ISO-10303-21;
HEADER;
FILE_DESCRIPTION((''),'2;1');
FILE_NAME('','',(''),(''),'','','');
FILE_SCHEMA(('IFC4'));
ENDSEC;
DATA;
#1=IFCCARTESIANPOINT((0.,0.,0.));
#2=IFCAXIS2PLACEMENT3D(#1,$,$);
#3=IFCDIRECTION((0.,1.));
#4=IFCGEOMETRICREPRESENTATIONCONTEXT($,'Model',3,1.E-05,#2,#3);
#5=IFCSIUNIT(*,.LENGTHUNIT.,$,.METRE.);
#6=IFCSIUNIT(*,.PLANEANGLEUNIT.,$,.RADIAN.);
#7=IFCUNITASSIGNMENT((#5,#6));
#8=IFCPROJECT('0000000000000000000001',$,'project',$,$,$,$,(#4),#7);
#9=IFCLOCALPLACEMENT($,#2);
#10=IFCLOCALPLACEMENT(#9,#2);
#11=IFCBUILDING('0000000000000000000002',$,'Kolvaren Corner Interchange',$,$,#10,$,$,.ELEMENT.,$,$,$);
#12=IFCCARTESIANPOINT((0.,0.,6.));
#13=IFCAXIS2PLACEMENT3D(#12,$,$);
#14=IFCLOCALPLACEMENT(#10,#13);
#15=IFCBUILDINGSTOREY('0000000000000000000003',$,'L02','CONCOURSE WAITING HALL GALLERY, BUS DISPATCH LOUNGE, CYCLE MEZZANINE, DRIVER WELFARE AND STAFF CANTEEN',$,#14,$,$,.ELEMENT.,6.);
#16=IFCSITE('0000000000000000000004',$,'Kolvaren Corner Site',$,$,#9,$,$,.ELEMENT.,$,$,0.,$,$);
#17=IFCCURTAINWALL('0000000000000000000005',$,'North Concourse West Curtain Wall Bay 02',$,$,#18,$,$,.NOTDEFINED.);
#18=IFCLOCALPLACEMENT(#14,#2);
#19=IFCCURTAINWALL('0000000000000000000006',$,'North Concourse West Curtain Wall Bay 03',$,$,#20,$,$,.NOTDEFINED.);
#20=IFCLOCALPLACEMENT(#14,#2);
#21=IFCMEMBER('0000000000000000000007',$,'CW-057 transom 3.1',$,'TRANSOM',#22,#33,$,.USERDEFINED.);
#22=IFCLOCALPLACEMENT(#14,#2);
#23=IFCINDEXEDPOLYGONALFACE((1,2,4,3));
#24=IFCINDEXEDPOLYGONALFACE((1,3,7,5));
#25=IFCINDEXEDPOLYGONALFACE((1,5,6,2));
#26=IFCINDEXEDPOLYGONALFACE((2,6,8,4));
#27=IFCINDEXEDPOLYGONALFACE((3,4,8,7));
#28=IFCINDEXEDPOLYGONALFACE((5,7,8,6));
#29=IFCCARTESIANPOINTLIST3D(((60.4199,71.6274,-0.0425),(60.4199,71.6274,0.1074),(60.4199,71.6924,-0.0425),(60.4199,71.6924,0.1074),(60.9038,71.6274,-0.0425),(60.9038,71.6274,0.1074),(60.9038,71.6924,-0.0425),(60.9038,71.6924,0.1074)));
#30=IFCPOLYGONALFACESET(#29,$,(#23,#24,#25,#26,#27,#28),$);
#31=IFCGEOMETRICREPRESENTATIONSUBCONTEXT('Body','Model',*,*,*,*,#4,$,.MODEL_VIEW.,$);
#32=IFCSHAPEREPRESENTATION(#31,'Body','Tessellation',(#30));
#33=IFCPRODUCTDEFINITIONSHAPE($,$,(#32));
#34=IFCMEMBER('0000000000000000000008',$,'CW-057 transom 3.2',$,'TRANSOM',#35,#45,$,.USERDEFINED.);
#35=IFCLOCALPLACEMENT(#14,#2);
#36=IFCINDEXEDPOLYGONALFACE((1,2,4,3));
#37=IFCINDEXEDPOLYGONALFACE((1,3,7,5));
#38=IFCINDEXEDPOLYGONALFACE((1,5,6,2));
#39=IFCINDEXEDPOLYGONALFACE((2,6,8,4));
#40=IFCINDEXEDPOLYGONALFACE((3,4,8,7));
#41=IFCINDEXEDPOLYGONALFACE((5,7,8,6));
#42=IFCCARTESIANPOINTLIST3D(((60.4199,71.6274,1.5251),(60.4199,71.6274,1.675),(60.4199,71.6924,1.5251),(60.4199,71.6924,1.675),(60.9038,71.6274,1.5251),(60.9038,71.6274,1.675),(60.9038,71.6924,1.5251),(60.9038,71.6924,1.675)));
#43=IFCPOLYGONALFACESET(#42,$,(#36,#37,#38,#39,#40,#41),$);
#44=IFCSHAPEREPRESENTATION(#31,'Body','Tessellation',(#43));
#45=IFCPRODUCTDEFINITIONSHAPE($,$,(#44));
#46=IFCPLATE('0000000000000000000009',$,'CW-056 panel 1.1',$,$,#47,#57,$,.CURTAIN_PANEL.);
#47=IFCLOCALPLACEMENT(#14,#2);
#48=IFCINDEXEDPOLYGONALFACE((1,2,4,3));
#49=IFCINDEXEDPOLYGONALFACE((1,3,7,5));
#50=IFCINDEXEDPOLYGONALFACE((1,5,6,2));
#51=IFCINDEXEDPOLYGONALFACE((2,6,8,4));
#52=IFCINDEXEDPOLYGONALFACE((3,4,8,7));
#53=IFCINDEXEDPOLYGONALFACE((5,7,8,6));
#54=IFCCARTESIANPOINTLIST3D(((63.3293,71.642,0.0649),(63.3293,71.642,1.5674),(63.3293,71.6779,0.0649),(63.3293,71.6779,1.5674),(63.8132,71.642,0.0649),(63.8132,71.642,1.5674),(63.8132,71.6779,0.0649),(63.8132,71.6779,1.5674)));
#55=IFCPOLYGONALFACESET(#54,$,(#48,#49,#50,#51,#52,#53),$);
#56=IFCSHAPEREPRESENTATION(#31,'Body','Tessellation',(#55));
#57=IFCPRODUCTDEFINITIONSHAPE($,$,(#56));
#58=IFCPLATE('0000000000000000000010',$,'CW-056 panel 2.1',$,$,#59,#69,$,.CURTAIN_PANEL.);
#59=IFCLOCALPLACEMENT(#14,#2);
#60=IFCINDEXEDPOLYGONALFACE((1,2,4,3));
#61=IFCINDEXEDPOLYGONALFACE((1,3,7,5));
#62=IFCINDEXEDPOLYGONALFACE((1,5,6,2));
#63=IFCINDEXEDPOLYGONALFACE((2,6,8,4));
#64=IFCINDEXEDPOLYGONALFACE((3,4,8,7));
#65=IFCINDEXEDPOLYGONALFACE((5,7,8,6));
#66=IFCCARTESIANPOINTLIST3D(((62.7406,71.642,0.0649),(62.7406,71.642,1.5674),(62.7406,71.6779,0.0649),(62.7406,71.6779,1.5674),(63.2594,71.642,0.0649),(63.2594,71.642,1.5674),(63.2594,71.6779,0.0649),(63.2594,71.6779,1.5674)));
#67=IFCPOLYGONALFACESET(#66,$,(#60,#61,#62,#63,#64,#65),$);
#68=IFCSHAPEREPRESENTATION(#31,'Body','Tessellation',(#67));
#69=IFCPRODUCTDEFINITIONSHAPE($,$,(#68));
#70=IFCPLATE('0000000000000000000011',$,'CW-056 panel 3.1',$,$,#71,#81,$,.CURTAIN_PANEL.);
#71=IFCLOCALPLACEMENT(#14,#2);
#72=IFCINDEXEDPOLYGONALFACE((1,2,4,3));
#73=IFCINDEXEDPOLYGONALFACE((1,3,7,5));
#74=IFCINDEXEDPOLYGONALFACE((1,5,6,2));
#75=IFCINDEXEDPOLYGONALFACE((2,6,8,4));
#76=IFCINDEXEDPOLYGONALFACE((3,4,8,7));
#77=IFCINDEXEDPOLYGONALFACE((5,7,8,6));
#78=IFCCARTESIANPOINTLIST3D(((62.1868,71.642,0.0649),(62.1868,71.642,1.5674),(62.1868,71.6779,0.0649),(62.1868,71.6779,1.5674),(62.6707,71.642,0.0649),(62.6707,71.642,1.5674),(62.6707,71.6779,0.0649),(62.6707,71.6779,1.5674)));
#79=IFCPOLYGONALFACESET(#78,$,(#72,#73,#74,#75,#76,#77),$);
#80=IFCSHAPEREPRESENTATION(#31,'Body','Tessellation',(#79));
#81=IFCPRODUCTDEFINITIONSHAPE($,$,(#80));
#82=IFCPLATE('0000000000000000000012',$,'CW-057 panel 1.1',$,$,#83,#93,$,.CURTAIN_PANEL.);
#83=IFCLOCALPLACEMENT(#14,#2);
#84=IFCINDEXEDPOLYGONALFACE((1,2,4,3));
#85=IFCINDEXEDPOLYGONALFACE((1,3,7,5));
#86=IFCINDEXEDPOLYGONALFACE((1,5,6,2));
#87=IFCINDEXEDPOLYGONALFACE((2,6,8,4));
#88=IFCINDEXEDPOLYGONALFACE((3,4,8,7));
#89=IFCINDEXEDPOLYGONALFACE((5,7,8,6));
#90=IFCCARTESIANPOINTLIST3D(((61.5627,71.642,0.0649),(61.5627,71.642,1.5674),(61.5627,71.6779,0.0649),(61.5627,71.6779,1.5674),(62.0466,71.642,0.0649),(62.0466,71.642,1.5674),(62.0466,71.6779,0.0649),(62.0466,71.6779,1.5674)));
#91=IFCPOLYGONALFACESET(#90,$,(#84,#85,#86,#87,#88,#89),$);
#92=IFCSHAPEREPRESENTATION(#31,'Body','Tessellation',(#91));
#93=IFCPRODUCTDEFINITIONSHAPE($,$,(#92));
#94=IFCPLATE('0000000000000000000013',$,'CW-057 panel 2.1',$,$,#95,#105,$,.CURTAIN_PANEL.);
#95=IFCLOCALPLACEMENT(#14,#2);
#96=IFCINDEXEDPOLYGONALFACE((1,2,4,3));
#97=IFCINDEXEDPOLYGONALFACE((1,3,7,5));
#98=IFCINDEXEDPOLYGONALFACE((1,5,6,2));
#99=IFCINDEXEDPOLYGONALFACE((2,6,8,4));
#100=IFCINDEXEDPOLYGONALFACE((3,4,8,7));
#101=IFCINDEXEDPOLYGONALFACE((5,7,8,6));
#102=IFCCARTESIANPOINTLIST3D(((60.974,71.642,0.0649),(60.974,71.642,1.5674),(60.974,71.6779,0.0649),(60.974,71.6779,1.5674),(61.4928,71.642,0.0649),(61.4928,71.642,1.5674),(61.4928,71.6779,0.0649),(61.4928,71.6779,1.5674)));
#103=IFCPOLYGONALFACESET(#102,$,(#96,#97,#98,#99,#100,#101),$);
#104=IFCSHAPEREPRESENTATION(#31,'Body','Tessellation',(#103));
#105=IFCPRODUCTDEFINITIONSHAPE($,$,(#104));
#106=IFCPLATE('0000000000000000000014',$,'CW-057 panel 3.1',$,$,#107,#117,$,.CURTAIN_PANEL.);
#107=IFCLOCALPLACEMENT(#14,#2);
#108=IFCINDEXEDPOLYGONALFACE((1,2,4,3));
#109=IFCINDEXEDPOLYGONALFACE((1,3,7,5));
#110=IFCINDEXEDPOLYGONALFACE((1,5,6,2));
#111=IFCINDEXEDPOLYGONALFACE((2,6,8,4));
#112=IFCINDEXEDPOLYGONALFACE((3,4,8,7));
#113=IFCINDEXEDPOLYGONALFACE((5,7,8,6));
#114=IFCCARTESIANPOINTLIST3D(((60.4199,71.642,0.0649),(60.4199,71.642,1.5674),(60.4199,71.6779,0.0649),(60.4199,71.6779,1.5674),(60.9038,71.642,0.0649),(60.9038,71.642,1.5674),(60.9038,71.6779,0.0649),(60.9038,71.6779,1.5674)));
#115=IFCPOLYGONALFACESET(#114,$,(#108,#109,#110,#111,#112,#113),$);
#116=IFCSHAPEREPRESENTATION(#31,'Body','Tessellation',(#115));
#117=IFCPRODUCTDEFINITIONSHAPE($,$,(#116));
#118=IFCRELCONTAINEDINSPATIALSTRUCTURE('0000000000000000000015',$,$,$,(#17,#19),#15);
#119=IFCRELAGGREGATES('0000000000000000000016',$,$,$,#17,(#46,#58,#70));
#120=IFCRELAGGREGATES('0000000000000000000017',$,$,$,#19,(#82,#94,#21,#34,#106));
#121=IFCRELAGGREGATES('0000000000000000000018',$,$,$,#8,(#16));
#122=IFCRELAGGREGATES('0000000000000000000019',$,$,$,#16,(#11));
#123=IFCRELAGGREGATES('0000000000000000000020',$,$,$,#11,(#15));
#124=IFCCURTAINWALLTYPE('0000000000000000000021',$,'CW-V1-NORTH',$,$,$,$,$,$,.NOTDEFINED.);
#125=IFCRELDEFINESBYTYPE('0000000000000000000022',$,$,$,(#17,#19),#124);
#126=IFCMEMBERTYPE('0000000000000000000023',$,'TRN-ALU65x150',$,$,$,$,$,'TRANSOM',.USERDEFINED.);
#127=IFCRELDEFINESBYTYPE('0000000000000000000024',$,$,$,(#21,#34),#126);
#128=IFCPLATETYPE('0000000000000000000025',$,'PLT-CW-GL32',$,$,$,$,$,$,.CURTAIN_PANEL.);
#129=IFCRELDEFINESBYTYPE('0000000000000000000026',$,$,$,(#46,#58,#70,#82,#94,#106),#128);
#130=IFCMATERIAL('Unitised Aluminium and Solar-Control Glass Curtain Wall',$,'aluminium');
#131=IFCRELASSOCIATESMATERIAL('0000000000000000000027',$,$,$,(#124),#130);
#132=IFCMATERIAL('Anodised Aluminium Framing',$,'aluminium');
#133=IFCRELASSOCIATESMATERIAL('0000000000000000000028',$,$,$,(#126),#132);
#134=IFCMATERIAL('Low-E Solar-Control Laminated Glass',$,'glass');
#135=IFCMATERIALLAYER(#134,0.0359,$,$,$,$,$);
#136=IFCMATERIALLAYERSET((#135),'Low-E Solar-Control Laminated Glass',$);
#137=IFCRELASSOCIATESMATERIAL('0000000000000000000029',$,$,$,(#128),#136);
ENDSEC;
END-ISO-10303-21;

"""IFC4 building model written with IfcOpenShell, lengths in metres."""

from ifc_helpers import new_model, si_unit, direction, frame, origin, origin_2d, place, context, subcontext, project, spatial, rectangle, extrude, material, layer, layer_set, material_profile, profile_set, type_object, element, aggregate, save


model = new_model("IFC4")

# Units and contexts
model_context = context("Model", 3, precision=1e-05, world=origin(), true_north=direction((0.0, 1.0)))
body_context = subcontext(model_context, "Body", "Model", "MODEL_VIEW")
ifc_project = project(units=[si_unit("LENGTHUNIT", "METRE"), si_unit("PLANEANGLEUNIT", "RADIAN")], contexts=[model_context])

# Site, building, storey
site_placement = place(None, origin())
site = spatial("IfcSite", under=ifc_project, at=site_placement, Name="Kolvaren Corner Site", CompositionType="ELEMENT", RefElevation=0.0)
building_placement = place(site_placement, origin())
building = spatial("IfcBuilding", under=site, at=building_placement, Name="Kolvaren Corner Interchange", CompositionType="ELEMENT")
storey_placement = place(building_placement, frame((0.0, 0.0, 6.0)))
storey = spatial("IfcBuildingStorey", under=building, at=storey_placement, Name="L02", Description="CONCOURSE WAITING HALL GALLERY, BUS DISPATCH LOUNGE, CYCLE MEZZANINE, DRIVER WELFARE AND STAFF CANTEEN", CompositionType="ELEMENT", Elevation=6.0)

# Curtain walls
ifc_material_1 = material(Name="Unitised Aluminium and Solar-Control Glass Curtain Wall", Category="aluminium")
curtain_wall_type = type_object("IfcCurtainWallType", Name="CW-V1-NORTH", PredefinedType="NOTDEFINED", material=ifc_material_1)
curtain_wall_1_placement = place(storey_placement, origin())
curtain_wall_1 = element("IfcCurtainWall", 1, at=curtain_wall_1_placement, inside=storey, type_object=curtain_wall_type, Name="North Concourse West Curtain Wall Bay 02", PredefinedType="NOTDEFINED")
curtain_wall_2_placement = place(storey_placement, origin())
curtain_wall_2 = element("IfcCurtainWall", 2, at=curtain_wall_2_placement, inside=storey, type_object=curtain_wall_type, Name="North Concourse West Curtain Wall Bay 03", PredefinedType="NOTDEFINED")

# Members
ifc_material_2 = material(Name="Anodised Aluminium Framing", Category="aluminium")
ifc_material_profile_1 = material_profile(ifc_material_2, rectangle(XDim=0.0649, YDim=0.1499, at=origin_2d()), Name="ALU 65x150")
ifc_profile_set_1 = profile_set([ifc_material_profile_1], Name="Anodised Aluminium Framing")
member_type_1 = type_object("IfcMemberType", Name="TRN-ALU65x150", ElementType="TRANSOM", PredefinedType="USERDEFINED", material=ifc_profile_set_1)
member_1_placement = place(storey_placement, frame((60.9038, 71.6599, 0.0325), z_axis=(-1.0, 0.0, 0.0), x_axis=(0.0, -1.0, 0.0)))
member_1 = element("IfcMember", 3, at=member_1_placement, type_object=member_type_1, Name="CW-057 transom 3.1", ObjectType="TRANSOM", PredefinedType="USERDEFINED", context=body_context, shape_type="SweptSolid", body=[
    extrude(rectangle(XDim=0.0649, YDim=0.1499, at=origin_2d()), origin(), (0.0, 0.0, 1.0), 0.4839),
])
member_2_placement = place(storey_placement, frame((60.9038, 71.6599, 1.6001), z_axis=(-1.0, 0.0, 0.0), x_axis=(0.0, -1.0, 0.0)))
member_2 = element("IfcMember", 4, at=member_2_placement, type_object=member_type_1, Name="CW-057 transom 3.2", ObjectType="TRANSOM", PredefinedType="USERDEFINED", context=body_context, shape_type="SweptSolid", body=[
    extrude(rectangle(XDim=0.0649, YDim=0.1499, at=origin_2d()), origin(), (0.0, 0.0, 1.0), 0.4839),
])

# Plates
ifc_material_3 = material(Name="Low-E Solar-Control Laminated Glass", Category="glass")
ifc_layer = layer(ifc_material_3, 0.0359)
ifc_layer_set = layer_set([ifc_layer], Name="Low-E Solar-Control Laminated Glass")
plate_type = type_object("IfcPlateType", Name="PLT-CW-GL32", PredefinedType="CURTAIN_PANEL", material=ifc_layer_set)
plate_1_placement = place(storey_placement, frame((63.5713, 71.6599, 0.0649), z_axis=(0.0, 0.0, 1.0), x_axis=(-1.0, 0.0, 0.0)))
plate_1 = element("IfcPlate", 5, at=plate_1_placement, type_object=plate_type, Name="CW-056 panel 1.1", PredefinedType="CURTAIN_PANEL", context=body_context, shape_type="SweptSolid", body=[
    extrude(rectangle(XDim=0.4839, YDim=0.0359, at=origin_2d()), origin(), (0.0, 0.0, 1.0), 1.5024),
])
plate_2_placement = place(storey_placement, frame((63.0, 71.6599, 0.0649), z_axis=(0.0, 0.0, 1.0), x_axis=(-1.0, 0.0, 0.0)))
plate_2 = element("IfcPlate", 6, at=plate_2_placement, type_object=plate_type, Name="CW-056 panel 2.1", PredefinedType="CURTAIN_PANEL", context=body_context, shape_type="SweptSolid", body=[
    extrude(rectangle(XDim=0.5188, YDim=0.0359, at=origin_2d()), origin(), (0.0, 0.0, 1.0), 1.5024),
])
plate_3_placement = place(storey_placement, frame((62.4287, 71.6599, 0.0649), z_axis=(0.0, 0.0, 1.0), x_axis=(-1.0, 0.0, 0.0)))
plate_3 = element("IfcPlate", 7, at=plate_3_placement, type_object=plate_type, Name="CW-056 panel 3.1", PredefinedType="CURTAIN_PANEL", context=body_context, shape_type="SweptSolid", body=[
    extrude(rectangle(XDim=0.4839, YDim=0.0359, at=origin_2d()), origin(), (0.0, 0.0, 1.0), 1.5024),
])
aggregate(curtain_wall_1, [plate_1, plate_2, plate_3])
plate_4_placement = place(storey_placement, frame((61.8047, 71.6599, 0.0649), z_axis=(0.0, 0.0, 1.0), x_axis=(-1.0, 0.0, 0.0)))
plate_4 = element("IfcPlate", 8, at=plate_4_placement, type_object=plate_type, Name="CW-057 panel 1.1", PredefinedType="CURTAIN_PANEL", context=body_context, shape_type="SweptSolid", body=[
    extrude(rectangle(XDim=0.4839, YDim=0.0359, at=origin_2d()), origin(), (0.0, 0.0, 1.0), 1.5024),
])
plate_5_placement = place(storey_placement, frame((61.2334, 71.6599, 0.0649), z_axis=(0.0, 0.0, 1.0), x_axis=(-1.0, 0.0, 0.0)))
plate_5 = element("IfcPlate", 9, at=plate_5_placement, type_object=plate_type, Name="CW-057 panel 2.1", PredefinedType="CURTAIN_PANEL", context=body_context, shape_type="SweptSolid", body=[
    extrude(rectangle(XDim=0.5188, YDim=0.0359, at=origin_2d()), origin(), (0.0, 0.0, 1.0), 1.5024),
])
plate_6_placement = place(storey_placement, frame((60.6619, 71.6599, 0.0649), z_axis=(0.0, 0.0, 1.0), x_axis=(-1.0, 0.0, 0.0)))
plate_6 = element("IfcPlate", 10, at=plate_6_placement, type_object=plate_type, Name="CW-057 panel 3.1", PredefinedType="CURTAIN_PANEL", context=body_context, shape_type="SweptSolid", body=[
    extrude(rectangle(XDim=0.4839, YDim=0.0359, at=origin_2d()), origin(), (0.0, 0.0, 1.0), 1.5024),
])
aggregate(curtain_wall_2, [plate_4, plate_5, member_1, member_2, plate_6])

save(model, "model.ifc")
